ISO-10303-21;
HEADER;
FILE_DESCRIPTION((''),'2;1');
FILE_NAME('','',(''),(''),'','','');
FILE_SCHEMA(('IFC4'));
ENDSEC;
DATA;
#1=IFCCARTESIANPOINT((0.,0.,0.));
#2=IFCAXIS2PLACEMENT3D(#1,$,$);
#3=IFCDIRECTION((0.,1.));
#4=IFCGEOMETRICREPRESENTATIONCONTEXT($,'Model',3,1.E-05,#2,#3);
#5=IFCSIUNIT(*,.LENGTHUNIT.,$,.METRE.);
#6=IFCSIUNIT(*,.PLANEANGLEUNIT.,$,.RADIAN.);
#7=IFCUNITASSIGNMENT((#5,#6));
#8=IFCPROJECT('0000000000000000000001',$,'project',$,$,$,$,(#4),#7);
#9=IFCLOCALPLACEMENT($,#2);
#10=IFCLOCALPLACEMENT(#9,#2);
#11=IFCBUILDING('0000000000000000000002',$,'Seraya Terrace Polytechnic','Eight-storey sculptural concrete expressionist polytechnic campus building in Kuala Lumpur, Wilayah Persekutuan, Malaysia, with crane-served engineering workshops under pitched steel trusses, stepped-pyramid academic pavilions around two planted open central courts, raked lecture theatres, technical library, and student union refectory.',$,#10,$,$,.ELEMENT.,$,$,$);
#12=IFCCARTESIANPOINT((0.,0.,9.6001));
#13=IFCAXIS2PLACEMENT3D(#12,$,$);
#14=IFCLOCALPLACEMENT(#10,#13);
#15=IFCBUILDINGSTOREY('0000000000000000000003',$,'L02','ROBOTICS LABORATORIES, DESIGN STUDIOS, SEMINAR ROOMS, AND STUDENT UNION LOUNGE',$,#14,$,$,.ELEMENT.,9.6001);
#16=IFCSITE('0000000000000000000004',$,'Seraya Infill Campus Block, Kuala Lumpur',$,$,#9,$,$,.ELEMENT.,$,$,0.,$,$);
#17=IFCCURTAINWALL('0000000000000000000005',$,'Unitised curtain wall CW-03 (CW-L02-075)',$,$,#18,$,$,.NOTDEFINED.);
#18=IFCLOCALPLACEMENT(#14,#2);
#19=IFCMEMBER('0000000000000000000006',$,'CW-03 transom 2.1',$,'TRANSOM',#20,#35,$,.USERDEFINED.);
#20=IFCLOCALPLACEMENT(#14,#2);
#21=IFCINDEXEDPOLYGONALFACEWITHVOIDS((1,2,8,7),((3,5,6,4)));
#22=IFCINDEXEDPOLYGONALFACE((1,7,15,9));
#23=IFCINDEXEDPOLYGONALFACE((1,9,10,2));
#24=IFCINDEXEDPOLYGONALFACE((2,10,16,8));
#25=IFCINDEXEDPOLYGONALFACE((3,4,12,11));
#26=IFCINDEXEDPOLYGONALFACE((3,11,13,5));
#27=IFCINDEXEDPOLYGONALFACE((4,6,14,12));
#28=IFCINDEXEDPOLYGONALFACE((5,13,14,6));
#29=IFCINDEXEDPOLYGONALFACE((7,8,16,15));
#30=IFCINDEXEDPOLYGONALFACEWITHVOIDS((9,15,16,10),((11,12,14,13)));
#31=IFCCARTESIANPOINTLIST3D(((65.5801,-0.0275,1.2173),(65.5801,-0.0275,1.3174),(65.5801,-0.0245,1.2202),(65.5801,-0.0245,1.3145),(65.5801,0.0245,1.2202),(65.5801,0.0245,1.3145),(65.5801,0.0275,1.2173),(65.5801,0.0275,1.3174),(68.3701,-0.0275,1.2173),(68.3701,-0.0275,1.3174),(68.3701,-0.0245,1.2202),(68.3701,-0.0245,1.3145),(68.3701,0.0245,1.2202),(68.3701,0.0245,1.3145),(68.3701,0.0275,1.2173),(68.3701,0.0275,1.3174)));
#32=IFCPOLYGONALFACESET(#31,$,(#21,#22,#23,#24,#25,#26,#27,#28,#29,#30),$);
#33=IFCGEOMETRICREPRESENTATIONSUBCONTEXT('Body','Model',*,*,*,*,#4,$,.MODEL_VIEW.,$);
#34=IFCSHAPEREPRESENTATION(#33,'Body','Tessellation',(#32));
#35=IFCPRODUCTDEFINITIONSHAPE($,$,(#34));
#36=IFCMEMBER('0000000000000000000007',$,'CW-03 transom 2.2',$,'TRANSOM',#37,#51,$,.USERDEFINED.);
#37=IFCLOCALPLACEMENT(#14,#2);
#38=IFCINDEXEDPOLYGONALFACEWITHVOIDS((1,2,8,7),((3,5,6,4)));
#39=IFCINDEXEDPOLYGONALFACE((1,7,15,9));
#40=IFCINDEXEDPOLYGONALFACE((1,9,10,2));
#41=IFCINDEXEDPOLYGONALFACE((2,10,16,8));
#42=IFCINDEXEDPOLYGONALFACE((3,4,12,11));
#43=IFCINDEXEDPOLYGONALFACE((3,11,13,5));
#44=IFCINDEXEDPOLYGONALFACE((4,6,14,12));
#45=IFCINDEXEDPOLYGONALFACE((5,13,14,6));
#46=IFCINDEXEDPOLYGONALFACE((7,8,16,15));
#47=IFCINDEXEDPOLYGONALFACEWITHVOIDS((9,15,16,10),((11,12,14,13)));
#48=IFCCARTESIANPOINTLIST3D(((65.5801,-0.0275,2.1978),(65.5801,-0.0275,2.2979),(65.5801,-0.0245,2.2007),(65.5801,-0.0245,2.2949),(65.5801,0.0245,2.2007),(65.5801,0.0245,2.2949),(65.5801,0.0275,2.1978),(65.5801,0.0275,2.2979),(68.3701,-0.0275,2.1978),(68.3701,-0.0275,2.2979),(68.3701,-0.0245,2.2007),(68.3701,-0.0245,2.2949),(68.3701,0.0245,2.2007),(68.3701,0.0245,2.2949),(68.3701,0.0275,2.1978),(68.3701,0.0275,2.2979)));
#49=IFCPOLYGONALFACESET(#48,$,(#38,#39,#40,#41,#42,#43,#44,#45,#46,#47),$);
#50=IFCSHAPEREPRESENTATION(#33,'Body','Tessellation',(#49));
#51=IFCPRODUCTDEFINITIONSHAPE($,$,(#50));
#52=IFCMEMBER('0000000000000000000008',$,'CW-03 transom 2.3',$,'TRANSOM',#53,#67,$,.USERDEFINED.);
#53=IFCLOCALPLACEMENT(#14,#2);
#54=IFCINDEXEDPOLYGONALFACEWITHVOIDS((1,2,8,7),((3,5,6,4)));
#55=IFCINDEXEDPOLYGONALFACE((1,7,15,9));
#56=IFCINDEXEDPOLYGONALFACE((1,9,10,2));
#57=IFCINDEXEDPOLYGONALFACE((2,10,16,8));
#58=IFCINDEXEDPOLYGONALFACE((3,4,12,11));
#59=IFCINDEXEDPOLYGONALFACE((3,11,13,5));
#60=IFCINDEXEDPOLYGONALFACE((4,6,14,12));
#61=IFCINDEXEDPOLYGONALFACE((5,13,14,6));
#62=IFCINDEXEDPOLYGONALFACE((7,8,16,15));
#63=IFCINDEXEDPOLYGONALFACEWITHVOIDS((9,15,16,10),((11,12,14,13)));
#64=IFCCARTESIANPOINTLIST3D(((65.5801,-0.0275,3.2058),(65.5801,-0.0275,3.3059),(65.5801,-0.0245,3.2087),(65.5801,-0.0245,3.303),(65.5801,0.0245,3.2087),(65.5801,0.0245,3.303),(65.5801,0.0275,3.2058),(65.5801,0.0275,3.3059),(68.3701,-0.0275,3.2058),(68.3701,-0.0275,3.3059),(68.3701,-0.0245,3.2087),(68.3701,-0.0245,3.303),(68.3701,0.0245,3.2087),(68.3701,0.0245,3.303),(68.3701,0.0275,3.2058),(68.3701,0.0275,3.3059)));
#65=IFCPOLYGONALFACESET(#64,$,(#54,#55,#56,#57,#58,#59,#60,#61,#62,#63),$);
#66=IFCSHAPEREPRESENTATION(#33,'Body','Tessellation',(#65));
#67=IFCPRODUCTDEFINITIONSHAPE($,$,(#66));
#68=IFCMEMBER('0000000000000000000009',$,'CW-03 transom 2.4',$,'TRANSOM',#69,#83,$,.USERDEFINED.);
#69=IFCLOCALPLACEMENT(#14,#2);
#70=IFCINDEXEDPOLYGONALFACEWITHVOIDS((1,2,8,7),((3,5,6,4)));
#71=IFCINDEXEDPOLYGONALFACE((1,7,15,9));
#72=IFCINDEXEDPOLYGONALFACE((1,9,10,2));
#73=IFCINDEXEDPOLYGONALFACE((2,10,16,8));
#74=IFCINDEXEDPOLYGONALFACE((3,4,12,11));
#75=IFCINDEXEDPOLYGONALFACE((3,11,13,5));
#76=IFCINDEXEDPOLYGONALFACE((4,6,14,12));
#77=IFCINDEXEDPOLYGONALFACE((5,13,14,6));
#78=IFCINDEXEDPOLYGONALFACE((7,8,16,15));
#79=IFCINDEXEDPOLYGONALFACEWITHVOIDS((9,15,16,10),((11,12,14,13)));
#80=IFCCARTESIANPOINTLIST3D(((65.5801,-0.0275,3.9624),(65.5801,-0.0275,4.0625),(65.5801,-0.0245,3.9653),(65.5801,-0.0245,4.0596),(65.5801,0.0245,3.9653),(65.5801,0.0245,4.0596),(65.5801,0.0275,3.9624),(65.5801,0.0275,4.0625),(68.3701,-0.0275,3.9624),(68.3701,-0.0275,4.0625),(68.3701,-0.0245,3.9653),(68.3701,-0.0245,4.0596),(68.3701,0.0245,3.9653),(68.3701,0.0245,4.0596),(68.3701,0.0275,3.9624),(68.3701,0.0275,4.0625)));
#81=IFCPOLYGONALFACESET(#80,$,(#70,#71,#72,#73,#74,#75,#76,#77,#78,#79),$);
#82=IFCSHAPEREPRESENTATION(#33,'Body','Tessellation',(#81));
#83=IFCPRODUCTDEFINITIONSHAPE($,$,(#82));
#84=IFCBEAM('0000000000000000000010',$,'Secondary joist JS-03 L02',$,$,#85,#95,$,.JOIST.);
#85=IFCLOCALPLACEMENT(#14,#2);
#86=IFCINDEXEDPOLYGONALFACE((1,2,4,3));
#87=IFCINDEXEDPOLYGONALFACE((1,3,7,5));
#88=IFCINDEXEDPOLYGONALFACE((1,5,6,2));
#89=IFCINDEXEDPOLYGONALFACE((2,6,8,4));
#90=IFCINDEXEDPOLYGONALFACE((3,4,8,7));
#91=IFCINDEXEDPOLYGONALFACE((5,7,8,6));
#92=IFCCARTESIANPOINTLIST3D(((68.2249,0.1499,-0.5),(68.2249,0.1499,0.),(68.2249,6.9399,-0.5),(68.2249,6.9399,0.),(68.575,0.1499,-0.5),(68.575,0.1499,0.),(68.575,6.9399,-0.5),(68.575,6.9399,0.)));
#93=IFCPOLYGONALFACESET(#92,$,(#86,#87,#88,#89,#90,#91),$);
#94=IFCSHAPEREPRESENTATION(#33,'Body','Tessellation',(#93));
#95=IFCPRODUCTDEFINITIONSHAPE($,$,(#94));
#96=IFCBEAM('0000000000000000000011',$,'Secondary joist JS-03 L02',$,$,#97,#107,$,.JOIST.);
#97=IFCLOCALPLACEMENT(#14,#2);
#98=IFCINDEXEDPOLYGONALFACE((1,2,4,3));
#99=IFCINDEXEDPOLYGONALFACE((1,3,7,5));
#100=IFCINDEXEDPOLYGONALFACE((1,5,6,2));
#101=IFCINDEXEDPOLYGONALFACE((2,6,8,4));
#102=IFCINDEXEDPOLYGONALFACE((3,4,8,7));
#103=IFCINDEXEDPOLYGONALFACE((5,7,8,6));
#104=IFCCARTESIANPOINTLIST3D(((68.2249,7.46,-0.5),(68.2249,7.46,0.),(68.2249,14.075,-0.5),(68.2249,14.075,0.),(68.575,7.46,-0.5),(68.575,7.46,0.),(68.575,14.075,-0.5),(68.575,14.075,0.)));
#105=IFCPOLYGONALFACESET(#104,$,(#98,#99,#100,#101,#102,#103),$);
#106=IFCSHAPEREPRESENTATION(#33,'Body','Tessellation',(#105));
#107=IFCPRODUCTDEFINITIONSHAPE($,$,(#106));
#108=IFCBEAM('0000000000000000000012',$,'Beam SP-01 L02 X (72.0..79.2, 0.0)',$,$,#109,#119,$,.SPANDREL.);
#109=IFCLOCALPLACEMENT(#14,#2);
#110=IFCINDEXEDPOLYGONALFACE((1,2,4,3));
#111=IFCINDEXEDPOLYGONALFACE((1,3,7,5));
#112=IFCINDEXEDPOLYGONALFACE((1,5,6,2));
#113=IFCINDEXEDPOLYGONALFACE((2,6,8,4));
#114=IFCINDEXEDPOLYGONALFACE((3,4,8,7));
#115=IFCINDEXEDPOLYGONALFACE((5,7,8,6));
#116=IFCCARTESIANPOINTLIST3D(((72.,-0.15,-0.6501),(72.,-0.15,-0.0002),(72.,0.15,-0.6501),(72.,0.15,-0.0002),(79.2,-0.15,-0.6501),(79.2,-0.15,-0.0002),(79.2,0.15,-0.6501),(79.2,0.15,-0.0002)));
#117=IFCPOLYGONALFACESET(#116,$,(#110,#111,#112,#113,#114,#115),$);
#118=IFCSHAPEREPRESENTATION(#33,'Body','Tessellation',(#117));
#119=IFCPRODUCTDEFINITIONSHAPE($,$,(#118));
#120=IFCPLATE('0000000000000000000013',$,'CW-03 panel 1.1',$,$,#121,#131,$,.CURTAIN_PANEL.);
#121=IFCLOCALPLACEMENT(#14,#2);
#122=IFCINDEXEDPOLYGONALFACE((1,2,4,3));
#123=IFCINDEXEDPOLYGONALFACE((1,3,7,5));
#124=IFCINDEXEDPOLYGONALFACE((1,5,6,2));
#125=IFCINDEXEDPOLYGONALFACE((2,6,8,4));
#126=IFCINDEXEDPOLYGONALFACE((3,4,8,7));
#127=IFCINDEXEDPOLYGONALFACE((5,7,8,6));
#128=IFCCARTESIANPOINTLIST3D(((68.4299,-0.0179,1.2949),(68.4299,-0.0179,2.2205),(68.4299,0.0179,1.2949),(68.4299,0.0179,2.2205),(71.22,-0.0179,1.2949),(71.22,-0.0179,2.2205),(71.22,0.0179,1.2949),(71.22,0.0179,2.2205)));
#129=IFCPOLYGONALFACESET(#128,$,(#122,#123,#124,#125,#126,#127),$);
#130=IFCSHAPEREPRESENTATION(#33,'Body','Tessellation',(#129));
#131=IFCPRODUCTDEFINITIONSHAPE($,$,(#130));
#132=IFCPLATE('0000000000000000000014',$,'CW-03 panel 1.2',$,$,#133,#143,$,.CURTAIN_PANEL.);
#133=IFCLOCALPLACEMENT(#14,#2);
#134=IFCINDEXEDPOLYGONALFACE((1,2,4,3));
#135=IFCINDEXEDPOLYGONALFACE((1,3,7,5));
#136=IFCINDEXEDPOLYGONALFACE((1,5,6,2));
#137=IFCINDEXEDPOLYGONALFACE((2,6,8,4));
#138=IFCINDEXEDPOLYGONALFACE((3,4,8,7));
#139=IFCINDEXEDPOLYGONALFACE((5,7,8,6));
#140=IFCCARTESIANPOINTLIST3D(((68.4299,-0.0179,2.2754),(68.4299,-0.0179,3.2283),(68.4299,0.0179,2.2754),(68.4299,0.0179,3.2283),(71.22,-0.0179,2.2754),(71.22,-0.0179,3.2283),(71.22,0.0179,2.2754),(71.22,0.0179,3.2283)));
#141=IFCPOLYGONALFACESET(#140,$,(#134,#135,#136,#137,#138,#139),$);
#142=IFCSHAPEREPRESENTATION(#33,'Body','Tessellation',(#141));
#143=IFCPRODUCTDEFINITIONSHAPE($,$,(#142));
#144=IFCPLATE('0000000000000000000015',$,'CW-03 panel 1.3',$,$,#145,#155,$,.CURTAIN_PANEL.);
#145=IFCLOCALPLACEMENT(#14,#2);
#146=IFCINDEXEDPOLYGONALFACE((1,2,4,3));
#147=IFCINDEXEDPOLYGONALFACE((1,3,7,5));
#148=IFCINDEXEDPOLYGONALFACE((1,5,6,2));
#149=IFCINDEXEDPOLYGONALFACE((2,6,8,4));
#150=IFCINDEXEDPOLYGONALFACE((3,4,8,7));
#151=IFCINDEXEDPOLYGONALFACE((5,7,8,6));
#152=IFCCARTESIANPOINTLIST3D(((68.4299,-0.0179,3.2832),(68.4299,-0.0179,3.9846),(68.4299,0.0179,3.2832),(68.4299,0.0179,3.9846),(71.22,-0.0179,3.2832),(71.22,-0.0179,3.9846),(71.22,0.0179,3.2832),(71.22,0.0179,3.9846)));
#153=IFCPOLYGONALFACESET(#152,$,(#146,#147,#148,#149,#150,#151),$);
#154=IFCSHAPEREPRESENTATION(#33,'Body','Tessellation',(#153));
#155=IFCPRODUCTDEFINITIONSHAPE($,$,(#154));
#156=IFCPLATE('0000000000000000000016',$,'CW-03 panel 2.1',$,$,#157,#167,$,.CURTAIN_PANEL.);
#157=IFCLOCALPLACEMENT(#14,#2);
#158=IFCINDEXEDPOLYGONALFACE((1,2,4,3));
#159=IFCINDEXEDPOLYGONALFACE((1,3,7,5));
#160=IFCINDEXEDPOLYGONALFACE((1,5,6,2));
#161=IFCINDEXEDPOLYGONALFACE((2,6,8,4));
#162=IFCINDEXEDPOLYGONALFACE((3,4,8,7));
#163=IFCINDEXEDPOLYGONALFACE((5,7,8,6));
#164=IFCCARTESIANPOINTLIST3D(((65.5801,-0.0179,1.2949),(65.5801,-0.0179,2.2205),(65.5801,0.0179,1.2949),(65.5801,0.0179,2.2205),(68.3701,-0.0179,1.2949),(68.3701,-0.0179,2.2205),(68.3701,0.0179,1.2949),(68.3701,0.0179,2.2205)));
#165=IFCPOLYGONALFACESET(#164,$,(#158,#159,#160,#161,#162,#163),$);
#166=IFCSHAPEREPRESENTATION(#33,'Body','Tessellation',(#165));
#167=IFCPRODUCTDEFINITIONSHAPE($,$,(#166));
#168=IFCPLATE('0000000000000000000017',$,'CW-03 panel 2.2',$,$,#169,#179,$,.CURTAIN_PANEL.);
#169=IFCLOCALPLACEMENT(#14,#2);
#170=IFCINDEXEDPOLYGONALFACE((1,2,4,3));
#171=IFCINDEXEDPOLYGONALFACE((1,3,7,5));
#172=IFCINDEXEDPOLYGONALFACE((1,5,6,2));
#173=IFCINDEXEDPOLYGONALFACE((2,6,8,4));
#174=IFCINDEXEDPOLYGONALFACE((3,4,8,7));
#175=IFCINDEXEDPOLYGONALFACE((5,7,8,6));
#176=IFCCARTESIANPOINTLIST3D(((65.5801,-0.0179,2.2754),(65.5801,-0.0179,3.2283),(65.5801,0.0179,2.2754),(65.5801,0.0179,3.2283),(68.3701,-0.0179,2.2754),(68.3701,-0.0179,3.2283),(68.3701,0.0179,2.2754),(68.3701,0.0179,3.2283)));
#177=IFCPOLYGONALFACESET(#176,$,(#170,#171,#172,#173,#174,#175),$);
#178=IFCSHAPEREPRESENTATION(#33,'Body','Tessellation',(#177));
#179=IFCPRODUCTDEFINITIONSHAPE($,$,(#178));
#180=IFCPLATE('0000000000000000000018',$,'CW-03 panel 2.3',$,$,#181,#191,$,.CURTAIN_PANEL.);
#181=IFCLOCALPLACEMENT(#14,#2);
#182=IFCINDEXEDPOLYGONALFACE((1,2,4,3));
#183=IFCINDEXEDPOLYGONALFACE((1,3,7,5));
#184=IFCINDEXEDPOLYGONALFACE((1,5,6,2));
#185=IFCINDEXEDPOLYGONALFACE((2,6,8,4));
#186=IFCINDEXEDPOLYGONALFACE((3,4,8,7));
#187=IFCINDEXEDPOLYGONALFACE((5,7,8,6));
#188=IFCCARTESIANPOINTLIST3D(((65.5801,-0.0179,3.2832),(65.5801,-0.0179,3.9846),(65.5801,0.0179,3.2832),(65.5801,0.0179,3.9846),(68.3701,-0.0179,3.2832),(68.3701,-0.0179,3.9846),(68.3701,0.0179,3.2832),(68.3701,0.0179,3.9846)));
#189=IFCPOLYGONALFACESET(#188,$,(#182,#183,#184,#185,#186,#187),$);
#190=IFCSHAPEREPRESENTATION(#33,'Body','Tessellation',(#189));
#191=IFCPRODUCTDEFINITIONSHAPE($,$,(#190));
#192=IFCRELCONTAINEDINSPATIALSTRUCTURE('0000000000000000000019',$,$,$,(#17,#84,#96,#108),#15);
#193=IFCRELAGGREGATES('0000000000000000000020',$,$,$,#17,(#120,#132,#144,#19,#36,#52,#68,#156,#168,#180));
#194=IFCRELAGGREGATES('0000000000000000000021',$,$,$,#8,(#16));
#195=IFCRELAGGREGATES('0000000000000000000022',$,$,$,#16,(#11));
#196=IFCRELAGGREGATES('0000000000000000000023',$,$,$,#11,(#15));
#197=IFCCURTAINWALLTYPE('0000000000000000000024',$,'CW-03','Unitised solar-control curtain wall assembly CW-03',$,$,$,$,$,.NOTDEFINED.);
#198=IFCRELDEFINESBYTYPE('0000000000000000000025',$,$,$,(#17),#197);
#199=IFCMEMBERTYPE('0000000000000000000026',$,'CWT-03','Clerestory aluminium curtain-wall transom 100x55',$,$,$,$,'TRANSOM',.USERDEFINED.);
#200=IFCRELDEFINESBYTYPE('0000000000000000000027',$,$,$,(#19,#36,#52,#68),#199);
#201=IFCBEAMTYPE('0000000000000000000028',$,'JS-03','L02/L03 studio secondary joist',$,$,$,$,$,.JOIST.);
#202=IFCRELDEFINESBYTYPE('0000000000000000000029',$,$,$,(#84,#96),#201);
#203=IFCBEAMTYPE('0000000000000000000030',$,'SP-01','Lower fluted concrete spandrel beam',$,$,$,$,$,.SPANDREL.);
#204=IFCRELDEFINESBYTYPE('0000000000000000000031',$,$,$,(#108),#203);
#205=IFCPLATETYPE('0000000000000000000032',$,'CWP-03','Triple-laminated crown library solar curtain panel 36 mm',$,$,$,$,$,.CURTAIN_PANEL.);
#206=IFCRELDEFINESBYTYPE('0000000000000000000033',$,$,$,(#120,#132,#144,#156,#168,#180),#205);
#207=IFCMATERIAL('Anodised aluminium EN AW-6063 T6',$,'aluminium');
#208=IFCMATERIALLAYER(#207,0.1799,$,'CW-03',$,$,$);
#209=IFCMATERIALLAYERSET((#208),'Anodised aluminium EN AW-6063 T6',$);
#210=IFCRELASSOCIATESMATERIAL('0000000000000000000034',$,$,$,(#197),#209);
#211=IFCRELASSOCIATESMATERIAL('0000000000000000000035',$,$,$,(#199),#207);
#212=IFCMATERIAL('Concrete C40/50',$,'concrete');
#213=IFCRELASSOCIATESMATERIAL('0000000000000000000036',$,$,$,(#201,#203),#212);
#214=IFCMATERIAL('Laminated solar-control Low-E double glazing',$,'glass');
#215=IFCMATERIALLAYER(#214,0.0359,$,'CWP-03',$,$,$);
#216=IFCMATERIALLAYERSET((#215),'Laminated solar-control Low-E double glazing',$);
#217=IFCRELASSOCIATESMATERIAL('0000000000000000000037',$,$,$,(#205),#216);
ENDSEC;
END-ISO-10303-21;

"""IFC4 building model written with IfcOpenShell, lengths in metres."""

from ifc_helpers import new_model, si_unit, direction, frame, origin, origin_2d, place, context, subcontext, project, spatial, rectangle, hollow_rectangle, extrude, material, layer, layer_set, material_profile, profile_set, type_object, element, aggregate, save


model = new_model("IFC4")

# Units and contexts
model_context = context("Model", 3, precision=1e-05, world=origin(), true_north=direction((0.0, 1.0)))
body_context = subcontext(model_context, "Body", "Model", "MODEL_VIEW")
ifc_project = project(units=[si_unit("LENGTHUNIT", "METRE"), si_unit("PLANEANGLEUNIT", "RADIAN")], contexts=[model_context])

# Site, building, storey
site_placement = place(None, origin())
site = spatial("IfcSite", under=ifc_project, at=site_placement, Name="Seraya Infill Campus Block, Kuala Lumpur", CompositionType="ELEMENT", RefElevation=0.0)
building_placement = place(site_placement, origin())
building = spatial("IfcBuilding", under=site, at=building_placement, Name="Seraya Terrace Polytechnic", Description="Eight-storey sculptural concrete expressionist polytechnic campus building in Kuala Lumpur, Wilayah Persekutuan, Malaysia, with crane-served engineering workshops under pitched steel trusses, stepped-pyramid academic pavilions around two planted open central courts, raked lecture theatres, technical library, and student union refectory.", CompositionType="ELEMENT")
storey_placement = place(building_placement, frame((0.0, 0.0, 9.6001)))
storey = spatial("IfcBuildingStorey", under=building, at=storey_placement, Name="L02", Description="ROBOTICS LABORATORIES, DESIGN STUDIOS, SEMINAR ROOMS, AND STUDENT UNION LOUNGE", CompositionType="ELEMENT", Elevation=9.6001)

# Shared definitions
ifc_material_1 = material(Name="Concrete C40/50", Category="concrete")

# Curtain wall, members
ifc_material_2 = material(Name="Anodised aluminium EN AW-6063 T6", Category="aluminium")
ifc_layer_1 = layer(ifc_material_2, 0.1799, Name="CW-03")
ifc_layer_set_1 = layer_set([ifc_layer_1], Name="Anodised aluminium EN AW-6063 T6")
curtain_wall_type = type_object("IfcCurtainWallType", Name="CW-03", Description="Unitised solar-control curtain wall assembly CW-03", PredefinedType="NOTDEFINED", material=ifc_layer_set_1)
curtain_wall_placement = place(storey_placement, origin())
curtain_wall = element("IfcCurtainWall", 1, at=curtain_wall_placement, inside=storey, type_object=curtain_wall_type, Name="Unitised curtain wall CW-03 (CW-L02-075)", PredefinedType="NOTDEFINED")
ifc_material_profile_1 = material_profile(ifc_material_2, hollow_rectangle(XDim=0.0549, YDim=0.1001, WallThickness=0.0029, at=origin_2d()), Name="RHS 100x55x3.0")
ifc_profile_set_1 = profile_set([ifc_material_profile_1], Name="Anodised aluminium EN AW-6063 T6")
member_type_1 = type_object("IfcMemberType", Name="CWT-03", Description="Clerestory aluminium curtain-wall transom 100x55", ElementType="TRANSOM", PredefinedType="USERDEFINED", material=ifc_profile_set_1)
member_1_placement = place(storey_placement, frame((68.3701, 0.0, 1.2673), z_axis=(-1.0, 0.0, 0.0), x_axis=(0.0, -1.0, 0.0)))
member_1 = element("IfcMember", 2, at=member_1_placement, type_object=member_type_1, Name="CW-03 transom 2.1", ObjectType="TRANSOM", PredefinedType="USERDEFINED", context=body_context, shape_type="SweptSolid", body=[
    extrude(hollow_rectangle(XDim=0.0549, YDim=0.1001, WallThickness=0.0029, at=origin_2d()), origin(), (0.0, 0.0, 1.0), 2.79),
])
member_2_placement = place(storey_placement, frame((68.3701, 0.0, 2.2478), z_axis=(-1.0, 0.0, 0.0), x_axis=(0.0, -1.0, 0.0)))
member_2 = element("IfcMember", 3, at=member_2_placement, type_object=member_type_1, Name="CW-03 transom 2.2", ObjectType="TRANSOM", PredefinedType="USERDEFINED", context=body_context, shape_type="SweptSolid", body=[
    extrude(hollow_rectangle(XDim=0.0549, YDim=0.1001, WallThickness=0.0029, at=origin_2d()), origin(), (0.0, 0.0, 1.0), 2.79),
])
member_3_placement = place(storey_placement, frame((68.3701, 0.0, 3.2559), z_axis=(-1.0, 0.0, 0.0), x_axis=(0.0, -1.0, 0.0)))
member_3 = element("IfcMember", 4, at=member_3_placement, type_object=member_type_1, Name="CW-03 transom 2.3", ObjectType="TRANSOM", PredefinedType="USERDEFINED", context=body_context, shape_type="SweptSolid", body=[
    extrude(hollow_rectangle(XDim=0.0549, YDim=0.1001, WallThickness=0.0029, at=origin_2d()), origin(), (0.0, 0.0, 1.0), 2.79),
])
member_4_placement = place(storey_placement, frame((68.3701, 0.0, 4.0125), z_axis=(-1.0, 0.0, 0.0), x_axis=(0.0, -1.0, 0.0)))
member_4 = element("IfcMember", 5, at=member_4_placement, type_object=member_type_1, Name="CW-03 transom 2.4", ObjectType="TRANSOM", PredefinedType="USERDEFINED", context=body_context, shape_type="SweptSolid", body=[
    extrude(hollow_rectangle(XDim=0.0549, YDim=0.1001, WallThickness=0.0029, at=origin_2d()), origin(), (0.0, 0.0, 1.0), 2.79),
])

# Beams
ifc_material_profile_2 = material_profile(ifc_material_1, rectangle(XDim=0.3501, YDim=0.5, at=origin_2d()), Name="RC 350x500")
ifc_profile_set_2 = profile_set([ifc_material_profile_2], Name="Concrete C40/50")
beam_type_1 = type_object("IfcBeamType", Name="JS-03", Description="L02/L03 studio secondary joist", PredefinedType="JOIST", material=ifc_profile_set_2)
beam_1_placement = place(storey_placement, frame((68.3999, 0.1499, -0.25), z_axis=(0.0, 1.0, 0.0), x_axis=(-1.0, 0.0, 0.0)))
element("IfcBeam", 6, at=beam_1_placement, inside=storey, type_object=beam_type_1, Name="Secondary joist JS-03 L02", PredefinedType="JOIST", context=body_context, shape_type="SweptSolid", body=[
    extrude(rectangle(XDim=0.3501, YDim=0.5, at=origin_2d()), origin(), (0.0, 0.0, 1.0), 6.79),
])
beam_2_placement = place(storey_placement, frame((68.3999, 7.46, -0.25), z_axis=(0.0, 1.0, 0.0), x_axis=(-1.0, 0.0, 0.0)))
element("IfcBeam", 7, at=beam_2_placement, inside=storey, type_object=beam_type_1, Name="Secondary joist JS-03 L02", PredefinedType="JOIST", context=body_context, shape_type="SweptSolid", body=[
    extrude(rectangle(XDim=0.3501, YDim=0.5, at=origin_2d()), origin(), (0.0, 0.0, 1.0), 6.615),
])
ifc_material_profile_3 = material_profile(ifc_material_1, rectangle(XDim=0.3, YDim=0.6499, at=origin_2d()), Name="RC 300x650")
ifc_profile_set_3 = profile_set([ifc_material_profile_3], Name="Concrete C40/50")
beam_type_2 = type_object("IfcBeamType", Name="SP-01", Description="Lower fluted concrete spandrel beam", PredefinedType="SPANDREL", material=ifc_profile_set_3)
beam_3_placement = place(storey_placement, frame((72.0, 0.0, -0.3252), z_axis=(1.0, 0.0, 0.0), x_axis=(0.0, 1.0, 0.0)))
element("IfcBeam", 8, at=beam_3_placement, inside=storey, type_object=beam_type_2, Name="Beam SP-01 L02 X (72.0..79.2, 0.0)", PredefinedType="SPANDREL", context=body_context, shape_type="SweptSolid", body=[
    extrude(rectangle(XDim=0.3, YDim=0.6499, at=origin_2d()), origin(), (0.0, 0.0, 1.0), 7.2),
])

# Plates
ifc_material_3 = material(Name="Laminated solar-control Low-E double glazing", Category="glass")
ifc_layer_2 = layer(ifc_material_3, 0.0359, Name="CWP-03")
ifc_layer_set_2 = layer_set([ifc_layer_2], Name="Laminated solar-control Low-E double glazing")
plate_type = type_object("IfcPlateType", Name="CWP-03", Description="Triple-laminated crown library solar curtain panel 36 mm", PredefinedType="CURTAIN_PANEL", material=ifc_layer_set_2)
plate_1_placement = place(storey_placement, frame((69.825, 0.0, 1.2949), z_axis=(0.0, 0.0, 1.0), x_axis=(-1.0, 0.0, 0.0)))
plate_1 = element("IfcPlate", 9, at=plate_1_placement, type_object=plate_type, Name="CW-03 panel 1.1", PredefinedType="CURTAIN_PANEL", context=body_context, shape_type="SweptSolid", body=[
    extrude(rectangle(XDim=2.79, YDim=0.0359, at=origin_2d()), origin(), (0.0, 0.0, 1.0), 0.9255),
])
plate_2_placement = place(storey_placement, frame((69.825, 0.0, 2.2754), z_axis=(0.0, 0.0, 1.0), x_axis=(-1.0, 0.0, 0.0)))
plate_2 = element("IfcPlate", 10, at=plate_2_placement, type_object=plate_type, Name="CW-03 panel 1.2", PredefinedType="CURTAIN_PANEL", context=body_context, shape_type="SweptSolid", body=[
    extrude(rectangle(XDim=2.79, YDim=0.0359, at=origin_2d()), origin(), (0.0, 0.0, 1.0), 0.9529),
])
plate_3_placement = place(storey_placement, frame((69.825, 0.0, 3.2832), z_axis=(0.0, 0.0, 1.0), x_axis=(-1.0, 0.0, 0.0)))
plate_3 = element("IfcPlate", 11, at=plate_3_placement, type_object=plate_type, Name="CW-03 panel 1.3", PredefinedType="CURTAIN_PANEL", context=body_context, shape_type="SweptSolid", body=[
    extrude(rectangle(XDim=2.79, YDim=0.0359, at=origin_2d()), origin(), (0.0, 0.0, 1.0), 0.7014),
])
plate_4_placement = place(storey_placement, frame((66.9751, 0.0, 1.2949), z_axis=(0.0, 0.0, 1.0), x_axis=(-1.0, 0.0, 0.0)))
plate_4 = element("IfcPlate", 12, at=plate_4_placement, type_object=plate_type, Name="CW-03 panel 2.1", PredefinedType="CURTAIN_PANEL", context=body_context, shape_type="SweptSolid", body=[
    extrude(rectangle(XDim=2.79, YDim=0.0359, at=origin_2d()), origin(), (0.0, 0.0, 1.0), 0.9255),
])
plate_5_placement = place(storey_placement, frame((66.9751, 0.0, 2.2754), z_axis=(0.0, 0.0, 1.0), x_axis=(-1.0, 0.0, 0.0)))
plate_5 = element("IfcPlate", 13, at=plate_5_placement, type_object=plate_type, Name="CW-03 panel 2.2", PredefinedType="CURTAIN_PANEL", context=body_context, shape_type="SweptSolid", body=[
    extrude(rectangle(XDim=2.79, YDim=0.0359, at=origin_2d()), origin(), (0.0, 0.0, 1.0), 0.9529),
])
plate_6_placement = place(storey_placement, frame((66.9751, 0.0, 3.2832), z_axis=(0.0, 0.0, 1.0), x_axis=(-1.0, 0.0, 0.0)))
plate_6 = element("IfcPlate", 14, at=plate_6_placement, type_object=plate_type, Name="CW-03 panel 2.3", PredefinedType="CURTAIN_PANEL", context=body_context, shape_type="SweptSolid", body=[
    extrude(rectangle(XDim=2.79, YDim=0.0359, at=origin_2d()), origin(), (0.0, 0.0, 1.0), 0.7014),
])
aggregate(curtain_wall, [plate_1, plate_2, plate_3, member_1, member_2, member_3, member_4, plate_4, plate_5, plate_6])

save(model, "model.ifc")
